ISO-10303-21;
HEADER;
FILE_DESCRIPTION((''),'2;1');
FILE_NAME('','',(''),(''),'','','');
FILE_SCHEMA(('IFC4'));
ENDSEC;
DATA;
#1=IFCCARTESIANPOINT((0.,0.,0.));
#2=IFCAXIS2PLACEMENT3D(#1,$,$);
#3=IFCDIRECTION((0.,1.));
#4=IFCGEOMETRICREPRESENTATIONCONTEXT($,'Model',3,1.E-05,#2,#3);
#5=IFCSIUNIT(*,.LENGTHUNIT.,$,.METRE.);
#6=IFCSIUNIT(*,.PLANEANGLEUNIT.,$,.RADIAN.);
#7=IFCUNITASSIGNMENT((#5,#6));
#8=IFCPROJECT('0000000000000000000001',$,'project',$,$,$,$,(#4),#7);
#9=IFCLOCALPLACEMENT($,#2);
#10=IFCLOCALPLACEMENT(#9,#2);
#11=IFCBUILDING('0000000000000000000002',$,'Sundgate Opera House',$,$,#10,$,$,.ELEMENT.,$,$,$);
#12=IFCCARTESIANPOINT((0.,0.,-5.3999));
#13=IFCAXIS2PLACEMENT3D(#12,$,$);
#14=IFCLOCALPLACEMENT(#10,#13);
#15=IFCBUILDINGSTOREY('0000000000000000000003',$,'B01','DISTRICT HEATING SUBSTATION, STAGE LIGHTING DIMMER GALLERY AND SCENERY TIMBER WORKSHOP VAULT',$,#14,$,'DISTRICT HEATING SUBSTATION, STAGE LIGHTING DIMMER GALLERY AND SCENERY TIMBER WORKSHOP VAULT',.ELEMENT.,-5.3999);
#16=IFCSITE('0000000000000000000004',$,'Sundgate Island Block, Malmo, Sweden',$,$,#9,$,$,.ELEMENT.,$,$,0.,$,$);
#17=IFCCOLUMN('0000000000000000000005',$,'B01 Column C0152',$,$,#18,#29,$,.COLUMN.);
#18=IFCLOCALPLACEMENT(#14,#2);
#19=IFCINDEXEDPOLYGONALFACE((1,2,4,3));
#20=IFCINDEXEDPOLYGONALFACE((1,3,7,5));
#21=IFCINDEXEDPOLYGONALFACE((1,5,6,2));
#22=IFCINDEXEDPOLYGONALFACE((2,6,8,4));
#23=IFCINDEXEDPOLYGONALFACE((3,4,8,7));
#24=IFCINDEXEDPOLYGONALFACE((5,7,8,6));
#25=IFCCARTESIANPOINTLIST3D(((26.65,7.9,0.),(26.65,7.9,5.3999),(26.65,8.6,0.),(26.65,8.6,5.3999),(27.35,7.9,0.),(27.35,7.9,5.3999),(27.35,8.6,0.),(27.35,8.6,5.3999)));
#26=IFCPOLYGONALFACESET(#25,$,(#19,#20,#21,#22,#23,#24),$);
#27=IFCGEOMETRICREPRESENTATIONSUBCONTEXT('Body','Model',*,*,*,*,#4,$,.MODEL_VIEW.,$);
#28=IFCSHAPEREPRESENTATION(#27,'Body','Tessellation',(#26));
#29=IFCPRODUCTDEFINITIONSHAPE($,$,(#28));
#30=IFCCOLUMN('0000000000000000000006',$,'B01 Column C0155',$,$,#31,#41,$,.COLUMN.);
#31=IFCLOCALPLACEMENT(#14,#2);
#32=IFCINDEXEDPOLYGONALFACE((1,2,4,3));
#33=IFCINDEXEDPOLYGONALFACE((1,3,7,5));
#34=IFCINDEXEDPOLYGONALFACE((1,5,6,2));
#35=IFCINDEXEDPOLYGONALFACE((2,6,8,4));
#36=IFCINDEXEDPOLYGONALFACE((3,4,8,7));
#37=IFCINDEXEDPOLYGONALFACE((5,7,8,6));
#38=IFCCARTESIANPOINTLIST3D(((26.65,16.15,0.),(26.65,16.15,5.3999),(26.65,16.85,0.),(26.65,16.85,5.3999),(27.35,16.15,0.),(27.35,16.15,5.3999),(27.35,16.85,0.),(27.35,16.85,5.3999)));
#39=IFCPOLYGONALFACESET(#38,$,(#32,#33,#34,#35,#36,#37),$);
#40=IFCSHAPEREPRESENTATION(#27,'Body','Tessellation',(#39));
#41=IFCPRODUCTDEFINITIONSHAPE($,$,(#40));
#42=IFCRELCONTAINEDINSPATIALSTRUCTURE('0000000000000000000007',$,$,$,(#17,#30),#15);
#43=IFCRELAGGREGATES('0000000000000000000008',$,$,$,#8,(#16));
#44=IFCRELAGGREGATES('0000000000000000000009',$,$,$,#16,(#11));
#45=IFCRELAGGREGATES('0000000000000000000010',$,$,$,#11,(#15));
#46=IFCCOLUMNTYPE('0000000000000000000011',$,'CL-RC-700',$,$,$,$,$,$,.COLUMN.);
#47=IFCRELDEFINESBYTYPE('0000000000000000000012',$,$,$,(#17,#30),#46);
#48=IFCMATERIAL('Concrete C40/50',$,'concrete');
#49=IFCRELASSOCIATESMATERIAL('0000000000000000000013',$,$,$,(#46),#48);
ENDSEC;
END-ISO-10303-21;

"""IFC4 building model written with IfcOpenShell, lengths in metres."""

from ifc_helpers import new_model, si_unit, direction, frame, origin, origin_2d, place, context, subcontext, project, spatial, rectangle, extrude, material, material_profile, profile_set, type_object, element, save


model = new_model("IFC4")

# Units and contexts
model_context = context("Model", 3, precision=1e-05, world=origin(), true_north=direction((0.0, 1.0)))
body_context = subcontext(model_context, "Body", "Model", "MODEL_VIEW")
ifc_project = project(units=[si_unit("LENGTHUNIT", "METRE"), si_unit("PLANEANGLEUNIT", "RADIAN")], contexts=[model_context])

# Site, building, storey
site_placement = place(None, origin())
site = spatial("IfcSite", under=ifc_project, at=site_placement, Name="Sundgate Island Block, Malmo, Sweden", CompositionType="ELEMENT", RefElevation=0.0)
building_placement = place(site_placement, origin())
building = spatial("IfcBuilding", under=site, at=building_placement, Name="Sundgate Opera House", CompositionType="ELEMENT")
storey_placement = place(building_placement, frame((0.0, 0.0, -5.3999)))
storey = spatial("IfcBuildingStorey", under=building, at=storey_placement, Name="B01", Description="DISTRICT HEATING SUBSTATION, STAGE LIGHTING DIMMER GALLERY AND SCENERY TIMBER WORKSHOP VAULT", LongName="DISTRICT HEATING SUBSTATION, STAGE LIGHTING DIMMER GALLERY AND SCENERY TIMBER WORKSHOP VAULT", CompositionType="ELEMENT", Elevation=-5.3999)

# Columns
ifc_material_1 = material(Name="Concrete C40/50", Category="concrete")
ifc_material_profile_1 = material_profile(ifc_material_1, rectangle(XDim=0.7, YDim=0.7, at=origin_2d()), Name="RC 700x700")
ifc_profile_set_1 = profile_set([ifc_material_profile_1], Name="Concrete C40/50")
column_type = type_object("IfcColumnType", Name="CL-RC-700", PredefinedType="COLUMN", material=ifc_profile_set_1)
for number, where, z_axis, x_axis, name in (
    (1, (27.0, 8.25, 0.0), (0.0, 0.0, 1.0), (1.0, 0.0, 0.0), "B01 Column C0152"),
    (2, (27.0, 16.5, 0.0), (0.0, 0.0, 1.0), (1.0, 0.0, 0.0), "B01 Column C0155"),
):
    element("IfcColumn", number, at=place(storey_placement, frame(where, z_axis=z_axis, x_axis=x_axis)), inside=storey, type_object=column_type, Name=name, PredefinedType="COLUMN", context=body_context, shape_type="SweptSolid", body=[
        extrude(rectangle(XDim=0.7, YDim=0.7, at=origin_2d()), origin(), (0.0, 0.0, 1.0), 5.3999),
    ])

save(model, "model.ifc")
